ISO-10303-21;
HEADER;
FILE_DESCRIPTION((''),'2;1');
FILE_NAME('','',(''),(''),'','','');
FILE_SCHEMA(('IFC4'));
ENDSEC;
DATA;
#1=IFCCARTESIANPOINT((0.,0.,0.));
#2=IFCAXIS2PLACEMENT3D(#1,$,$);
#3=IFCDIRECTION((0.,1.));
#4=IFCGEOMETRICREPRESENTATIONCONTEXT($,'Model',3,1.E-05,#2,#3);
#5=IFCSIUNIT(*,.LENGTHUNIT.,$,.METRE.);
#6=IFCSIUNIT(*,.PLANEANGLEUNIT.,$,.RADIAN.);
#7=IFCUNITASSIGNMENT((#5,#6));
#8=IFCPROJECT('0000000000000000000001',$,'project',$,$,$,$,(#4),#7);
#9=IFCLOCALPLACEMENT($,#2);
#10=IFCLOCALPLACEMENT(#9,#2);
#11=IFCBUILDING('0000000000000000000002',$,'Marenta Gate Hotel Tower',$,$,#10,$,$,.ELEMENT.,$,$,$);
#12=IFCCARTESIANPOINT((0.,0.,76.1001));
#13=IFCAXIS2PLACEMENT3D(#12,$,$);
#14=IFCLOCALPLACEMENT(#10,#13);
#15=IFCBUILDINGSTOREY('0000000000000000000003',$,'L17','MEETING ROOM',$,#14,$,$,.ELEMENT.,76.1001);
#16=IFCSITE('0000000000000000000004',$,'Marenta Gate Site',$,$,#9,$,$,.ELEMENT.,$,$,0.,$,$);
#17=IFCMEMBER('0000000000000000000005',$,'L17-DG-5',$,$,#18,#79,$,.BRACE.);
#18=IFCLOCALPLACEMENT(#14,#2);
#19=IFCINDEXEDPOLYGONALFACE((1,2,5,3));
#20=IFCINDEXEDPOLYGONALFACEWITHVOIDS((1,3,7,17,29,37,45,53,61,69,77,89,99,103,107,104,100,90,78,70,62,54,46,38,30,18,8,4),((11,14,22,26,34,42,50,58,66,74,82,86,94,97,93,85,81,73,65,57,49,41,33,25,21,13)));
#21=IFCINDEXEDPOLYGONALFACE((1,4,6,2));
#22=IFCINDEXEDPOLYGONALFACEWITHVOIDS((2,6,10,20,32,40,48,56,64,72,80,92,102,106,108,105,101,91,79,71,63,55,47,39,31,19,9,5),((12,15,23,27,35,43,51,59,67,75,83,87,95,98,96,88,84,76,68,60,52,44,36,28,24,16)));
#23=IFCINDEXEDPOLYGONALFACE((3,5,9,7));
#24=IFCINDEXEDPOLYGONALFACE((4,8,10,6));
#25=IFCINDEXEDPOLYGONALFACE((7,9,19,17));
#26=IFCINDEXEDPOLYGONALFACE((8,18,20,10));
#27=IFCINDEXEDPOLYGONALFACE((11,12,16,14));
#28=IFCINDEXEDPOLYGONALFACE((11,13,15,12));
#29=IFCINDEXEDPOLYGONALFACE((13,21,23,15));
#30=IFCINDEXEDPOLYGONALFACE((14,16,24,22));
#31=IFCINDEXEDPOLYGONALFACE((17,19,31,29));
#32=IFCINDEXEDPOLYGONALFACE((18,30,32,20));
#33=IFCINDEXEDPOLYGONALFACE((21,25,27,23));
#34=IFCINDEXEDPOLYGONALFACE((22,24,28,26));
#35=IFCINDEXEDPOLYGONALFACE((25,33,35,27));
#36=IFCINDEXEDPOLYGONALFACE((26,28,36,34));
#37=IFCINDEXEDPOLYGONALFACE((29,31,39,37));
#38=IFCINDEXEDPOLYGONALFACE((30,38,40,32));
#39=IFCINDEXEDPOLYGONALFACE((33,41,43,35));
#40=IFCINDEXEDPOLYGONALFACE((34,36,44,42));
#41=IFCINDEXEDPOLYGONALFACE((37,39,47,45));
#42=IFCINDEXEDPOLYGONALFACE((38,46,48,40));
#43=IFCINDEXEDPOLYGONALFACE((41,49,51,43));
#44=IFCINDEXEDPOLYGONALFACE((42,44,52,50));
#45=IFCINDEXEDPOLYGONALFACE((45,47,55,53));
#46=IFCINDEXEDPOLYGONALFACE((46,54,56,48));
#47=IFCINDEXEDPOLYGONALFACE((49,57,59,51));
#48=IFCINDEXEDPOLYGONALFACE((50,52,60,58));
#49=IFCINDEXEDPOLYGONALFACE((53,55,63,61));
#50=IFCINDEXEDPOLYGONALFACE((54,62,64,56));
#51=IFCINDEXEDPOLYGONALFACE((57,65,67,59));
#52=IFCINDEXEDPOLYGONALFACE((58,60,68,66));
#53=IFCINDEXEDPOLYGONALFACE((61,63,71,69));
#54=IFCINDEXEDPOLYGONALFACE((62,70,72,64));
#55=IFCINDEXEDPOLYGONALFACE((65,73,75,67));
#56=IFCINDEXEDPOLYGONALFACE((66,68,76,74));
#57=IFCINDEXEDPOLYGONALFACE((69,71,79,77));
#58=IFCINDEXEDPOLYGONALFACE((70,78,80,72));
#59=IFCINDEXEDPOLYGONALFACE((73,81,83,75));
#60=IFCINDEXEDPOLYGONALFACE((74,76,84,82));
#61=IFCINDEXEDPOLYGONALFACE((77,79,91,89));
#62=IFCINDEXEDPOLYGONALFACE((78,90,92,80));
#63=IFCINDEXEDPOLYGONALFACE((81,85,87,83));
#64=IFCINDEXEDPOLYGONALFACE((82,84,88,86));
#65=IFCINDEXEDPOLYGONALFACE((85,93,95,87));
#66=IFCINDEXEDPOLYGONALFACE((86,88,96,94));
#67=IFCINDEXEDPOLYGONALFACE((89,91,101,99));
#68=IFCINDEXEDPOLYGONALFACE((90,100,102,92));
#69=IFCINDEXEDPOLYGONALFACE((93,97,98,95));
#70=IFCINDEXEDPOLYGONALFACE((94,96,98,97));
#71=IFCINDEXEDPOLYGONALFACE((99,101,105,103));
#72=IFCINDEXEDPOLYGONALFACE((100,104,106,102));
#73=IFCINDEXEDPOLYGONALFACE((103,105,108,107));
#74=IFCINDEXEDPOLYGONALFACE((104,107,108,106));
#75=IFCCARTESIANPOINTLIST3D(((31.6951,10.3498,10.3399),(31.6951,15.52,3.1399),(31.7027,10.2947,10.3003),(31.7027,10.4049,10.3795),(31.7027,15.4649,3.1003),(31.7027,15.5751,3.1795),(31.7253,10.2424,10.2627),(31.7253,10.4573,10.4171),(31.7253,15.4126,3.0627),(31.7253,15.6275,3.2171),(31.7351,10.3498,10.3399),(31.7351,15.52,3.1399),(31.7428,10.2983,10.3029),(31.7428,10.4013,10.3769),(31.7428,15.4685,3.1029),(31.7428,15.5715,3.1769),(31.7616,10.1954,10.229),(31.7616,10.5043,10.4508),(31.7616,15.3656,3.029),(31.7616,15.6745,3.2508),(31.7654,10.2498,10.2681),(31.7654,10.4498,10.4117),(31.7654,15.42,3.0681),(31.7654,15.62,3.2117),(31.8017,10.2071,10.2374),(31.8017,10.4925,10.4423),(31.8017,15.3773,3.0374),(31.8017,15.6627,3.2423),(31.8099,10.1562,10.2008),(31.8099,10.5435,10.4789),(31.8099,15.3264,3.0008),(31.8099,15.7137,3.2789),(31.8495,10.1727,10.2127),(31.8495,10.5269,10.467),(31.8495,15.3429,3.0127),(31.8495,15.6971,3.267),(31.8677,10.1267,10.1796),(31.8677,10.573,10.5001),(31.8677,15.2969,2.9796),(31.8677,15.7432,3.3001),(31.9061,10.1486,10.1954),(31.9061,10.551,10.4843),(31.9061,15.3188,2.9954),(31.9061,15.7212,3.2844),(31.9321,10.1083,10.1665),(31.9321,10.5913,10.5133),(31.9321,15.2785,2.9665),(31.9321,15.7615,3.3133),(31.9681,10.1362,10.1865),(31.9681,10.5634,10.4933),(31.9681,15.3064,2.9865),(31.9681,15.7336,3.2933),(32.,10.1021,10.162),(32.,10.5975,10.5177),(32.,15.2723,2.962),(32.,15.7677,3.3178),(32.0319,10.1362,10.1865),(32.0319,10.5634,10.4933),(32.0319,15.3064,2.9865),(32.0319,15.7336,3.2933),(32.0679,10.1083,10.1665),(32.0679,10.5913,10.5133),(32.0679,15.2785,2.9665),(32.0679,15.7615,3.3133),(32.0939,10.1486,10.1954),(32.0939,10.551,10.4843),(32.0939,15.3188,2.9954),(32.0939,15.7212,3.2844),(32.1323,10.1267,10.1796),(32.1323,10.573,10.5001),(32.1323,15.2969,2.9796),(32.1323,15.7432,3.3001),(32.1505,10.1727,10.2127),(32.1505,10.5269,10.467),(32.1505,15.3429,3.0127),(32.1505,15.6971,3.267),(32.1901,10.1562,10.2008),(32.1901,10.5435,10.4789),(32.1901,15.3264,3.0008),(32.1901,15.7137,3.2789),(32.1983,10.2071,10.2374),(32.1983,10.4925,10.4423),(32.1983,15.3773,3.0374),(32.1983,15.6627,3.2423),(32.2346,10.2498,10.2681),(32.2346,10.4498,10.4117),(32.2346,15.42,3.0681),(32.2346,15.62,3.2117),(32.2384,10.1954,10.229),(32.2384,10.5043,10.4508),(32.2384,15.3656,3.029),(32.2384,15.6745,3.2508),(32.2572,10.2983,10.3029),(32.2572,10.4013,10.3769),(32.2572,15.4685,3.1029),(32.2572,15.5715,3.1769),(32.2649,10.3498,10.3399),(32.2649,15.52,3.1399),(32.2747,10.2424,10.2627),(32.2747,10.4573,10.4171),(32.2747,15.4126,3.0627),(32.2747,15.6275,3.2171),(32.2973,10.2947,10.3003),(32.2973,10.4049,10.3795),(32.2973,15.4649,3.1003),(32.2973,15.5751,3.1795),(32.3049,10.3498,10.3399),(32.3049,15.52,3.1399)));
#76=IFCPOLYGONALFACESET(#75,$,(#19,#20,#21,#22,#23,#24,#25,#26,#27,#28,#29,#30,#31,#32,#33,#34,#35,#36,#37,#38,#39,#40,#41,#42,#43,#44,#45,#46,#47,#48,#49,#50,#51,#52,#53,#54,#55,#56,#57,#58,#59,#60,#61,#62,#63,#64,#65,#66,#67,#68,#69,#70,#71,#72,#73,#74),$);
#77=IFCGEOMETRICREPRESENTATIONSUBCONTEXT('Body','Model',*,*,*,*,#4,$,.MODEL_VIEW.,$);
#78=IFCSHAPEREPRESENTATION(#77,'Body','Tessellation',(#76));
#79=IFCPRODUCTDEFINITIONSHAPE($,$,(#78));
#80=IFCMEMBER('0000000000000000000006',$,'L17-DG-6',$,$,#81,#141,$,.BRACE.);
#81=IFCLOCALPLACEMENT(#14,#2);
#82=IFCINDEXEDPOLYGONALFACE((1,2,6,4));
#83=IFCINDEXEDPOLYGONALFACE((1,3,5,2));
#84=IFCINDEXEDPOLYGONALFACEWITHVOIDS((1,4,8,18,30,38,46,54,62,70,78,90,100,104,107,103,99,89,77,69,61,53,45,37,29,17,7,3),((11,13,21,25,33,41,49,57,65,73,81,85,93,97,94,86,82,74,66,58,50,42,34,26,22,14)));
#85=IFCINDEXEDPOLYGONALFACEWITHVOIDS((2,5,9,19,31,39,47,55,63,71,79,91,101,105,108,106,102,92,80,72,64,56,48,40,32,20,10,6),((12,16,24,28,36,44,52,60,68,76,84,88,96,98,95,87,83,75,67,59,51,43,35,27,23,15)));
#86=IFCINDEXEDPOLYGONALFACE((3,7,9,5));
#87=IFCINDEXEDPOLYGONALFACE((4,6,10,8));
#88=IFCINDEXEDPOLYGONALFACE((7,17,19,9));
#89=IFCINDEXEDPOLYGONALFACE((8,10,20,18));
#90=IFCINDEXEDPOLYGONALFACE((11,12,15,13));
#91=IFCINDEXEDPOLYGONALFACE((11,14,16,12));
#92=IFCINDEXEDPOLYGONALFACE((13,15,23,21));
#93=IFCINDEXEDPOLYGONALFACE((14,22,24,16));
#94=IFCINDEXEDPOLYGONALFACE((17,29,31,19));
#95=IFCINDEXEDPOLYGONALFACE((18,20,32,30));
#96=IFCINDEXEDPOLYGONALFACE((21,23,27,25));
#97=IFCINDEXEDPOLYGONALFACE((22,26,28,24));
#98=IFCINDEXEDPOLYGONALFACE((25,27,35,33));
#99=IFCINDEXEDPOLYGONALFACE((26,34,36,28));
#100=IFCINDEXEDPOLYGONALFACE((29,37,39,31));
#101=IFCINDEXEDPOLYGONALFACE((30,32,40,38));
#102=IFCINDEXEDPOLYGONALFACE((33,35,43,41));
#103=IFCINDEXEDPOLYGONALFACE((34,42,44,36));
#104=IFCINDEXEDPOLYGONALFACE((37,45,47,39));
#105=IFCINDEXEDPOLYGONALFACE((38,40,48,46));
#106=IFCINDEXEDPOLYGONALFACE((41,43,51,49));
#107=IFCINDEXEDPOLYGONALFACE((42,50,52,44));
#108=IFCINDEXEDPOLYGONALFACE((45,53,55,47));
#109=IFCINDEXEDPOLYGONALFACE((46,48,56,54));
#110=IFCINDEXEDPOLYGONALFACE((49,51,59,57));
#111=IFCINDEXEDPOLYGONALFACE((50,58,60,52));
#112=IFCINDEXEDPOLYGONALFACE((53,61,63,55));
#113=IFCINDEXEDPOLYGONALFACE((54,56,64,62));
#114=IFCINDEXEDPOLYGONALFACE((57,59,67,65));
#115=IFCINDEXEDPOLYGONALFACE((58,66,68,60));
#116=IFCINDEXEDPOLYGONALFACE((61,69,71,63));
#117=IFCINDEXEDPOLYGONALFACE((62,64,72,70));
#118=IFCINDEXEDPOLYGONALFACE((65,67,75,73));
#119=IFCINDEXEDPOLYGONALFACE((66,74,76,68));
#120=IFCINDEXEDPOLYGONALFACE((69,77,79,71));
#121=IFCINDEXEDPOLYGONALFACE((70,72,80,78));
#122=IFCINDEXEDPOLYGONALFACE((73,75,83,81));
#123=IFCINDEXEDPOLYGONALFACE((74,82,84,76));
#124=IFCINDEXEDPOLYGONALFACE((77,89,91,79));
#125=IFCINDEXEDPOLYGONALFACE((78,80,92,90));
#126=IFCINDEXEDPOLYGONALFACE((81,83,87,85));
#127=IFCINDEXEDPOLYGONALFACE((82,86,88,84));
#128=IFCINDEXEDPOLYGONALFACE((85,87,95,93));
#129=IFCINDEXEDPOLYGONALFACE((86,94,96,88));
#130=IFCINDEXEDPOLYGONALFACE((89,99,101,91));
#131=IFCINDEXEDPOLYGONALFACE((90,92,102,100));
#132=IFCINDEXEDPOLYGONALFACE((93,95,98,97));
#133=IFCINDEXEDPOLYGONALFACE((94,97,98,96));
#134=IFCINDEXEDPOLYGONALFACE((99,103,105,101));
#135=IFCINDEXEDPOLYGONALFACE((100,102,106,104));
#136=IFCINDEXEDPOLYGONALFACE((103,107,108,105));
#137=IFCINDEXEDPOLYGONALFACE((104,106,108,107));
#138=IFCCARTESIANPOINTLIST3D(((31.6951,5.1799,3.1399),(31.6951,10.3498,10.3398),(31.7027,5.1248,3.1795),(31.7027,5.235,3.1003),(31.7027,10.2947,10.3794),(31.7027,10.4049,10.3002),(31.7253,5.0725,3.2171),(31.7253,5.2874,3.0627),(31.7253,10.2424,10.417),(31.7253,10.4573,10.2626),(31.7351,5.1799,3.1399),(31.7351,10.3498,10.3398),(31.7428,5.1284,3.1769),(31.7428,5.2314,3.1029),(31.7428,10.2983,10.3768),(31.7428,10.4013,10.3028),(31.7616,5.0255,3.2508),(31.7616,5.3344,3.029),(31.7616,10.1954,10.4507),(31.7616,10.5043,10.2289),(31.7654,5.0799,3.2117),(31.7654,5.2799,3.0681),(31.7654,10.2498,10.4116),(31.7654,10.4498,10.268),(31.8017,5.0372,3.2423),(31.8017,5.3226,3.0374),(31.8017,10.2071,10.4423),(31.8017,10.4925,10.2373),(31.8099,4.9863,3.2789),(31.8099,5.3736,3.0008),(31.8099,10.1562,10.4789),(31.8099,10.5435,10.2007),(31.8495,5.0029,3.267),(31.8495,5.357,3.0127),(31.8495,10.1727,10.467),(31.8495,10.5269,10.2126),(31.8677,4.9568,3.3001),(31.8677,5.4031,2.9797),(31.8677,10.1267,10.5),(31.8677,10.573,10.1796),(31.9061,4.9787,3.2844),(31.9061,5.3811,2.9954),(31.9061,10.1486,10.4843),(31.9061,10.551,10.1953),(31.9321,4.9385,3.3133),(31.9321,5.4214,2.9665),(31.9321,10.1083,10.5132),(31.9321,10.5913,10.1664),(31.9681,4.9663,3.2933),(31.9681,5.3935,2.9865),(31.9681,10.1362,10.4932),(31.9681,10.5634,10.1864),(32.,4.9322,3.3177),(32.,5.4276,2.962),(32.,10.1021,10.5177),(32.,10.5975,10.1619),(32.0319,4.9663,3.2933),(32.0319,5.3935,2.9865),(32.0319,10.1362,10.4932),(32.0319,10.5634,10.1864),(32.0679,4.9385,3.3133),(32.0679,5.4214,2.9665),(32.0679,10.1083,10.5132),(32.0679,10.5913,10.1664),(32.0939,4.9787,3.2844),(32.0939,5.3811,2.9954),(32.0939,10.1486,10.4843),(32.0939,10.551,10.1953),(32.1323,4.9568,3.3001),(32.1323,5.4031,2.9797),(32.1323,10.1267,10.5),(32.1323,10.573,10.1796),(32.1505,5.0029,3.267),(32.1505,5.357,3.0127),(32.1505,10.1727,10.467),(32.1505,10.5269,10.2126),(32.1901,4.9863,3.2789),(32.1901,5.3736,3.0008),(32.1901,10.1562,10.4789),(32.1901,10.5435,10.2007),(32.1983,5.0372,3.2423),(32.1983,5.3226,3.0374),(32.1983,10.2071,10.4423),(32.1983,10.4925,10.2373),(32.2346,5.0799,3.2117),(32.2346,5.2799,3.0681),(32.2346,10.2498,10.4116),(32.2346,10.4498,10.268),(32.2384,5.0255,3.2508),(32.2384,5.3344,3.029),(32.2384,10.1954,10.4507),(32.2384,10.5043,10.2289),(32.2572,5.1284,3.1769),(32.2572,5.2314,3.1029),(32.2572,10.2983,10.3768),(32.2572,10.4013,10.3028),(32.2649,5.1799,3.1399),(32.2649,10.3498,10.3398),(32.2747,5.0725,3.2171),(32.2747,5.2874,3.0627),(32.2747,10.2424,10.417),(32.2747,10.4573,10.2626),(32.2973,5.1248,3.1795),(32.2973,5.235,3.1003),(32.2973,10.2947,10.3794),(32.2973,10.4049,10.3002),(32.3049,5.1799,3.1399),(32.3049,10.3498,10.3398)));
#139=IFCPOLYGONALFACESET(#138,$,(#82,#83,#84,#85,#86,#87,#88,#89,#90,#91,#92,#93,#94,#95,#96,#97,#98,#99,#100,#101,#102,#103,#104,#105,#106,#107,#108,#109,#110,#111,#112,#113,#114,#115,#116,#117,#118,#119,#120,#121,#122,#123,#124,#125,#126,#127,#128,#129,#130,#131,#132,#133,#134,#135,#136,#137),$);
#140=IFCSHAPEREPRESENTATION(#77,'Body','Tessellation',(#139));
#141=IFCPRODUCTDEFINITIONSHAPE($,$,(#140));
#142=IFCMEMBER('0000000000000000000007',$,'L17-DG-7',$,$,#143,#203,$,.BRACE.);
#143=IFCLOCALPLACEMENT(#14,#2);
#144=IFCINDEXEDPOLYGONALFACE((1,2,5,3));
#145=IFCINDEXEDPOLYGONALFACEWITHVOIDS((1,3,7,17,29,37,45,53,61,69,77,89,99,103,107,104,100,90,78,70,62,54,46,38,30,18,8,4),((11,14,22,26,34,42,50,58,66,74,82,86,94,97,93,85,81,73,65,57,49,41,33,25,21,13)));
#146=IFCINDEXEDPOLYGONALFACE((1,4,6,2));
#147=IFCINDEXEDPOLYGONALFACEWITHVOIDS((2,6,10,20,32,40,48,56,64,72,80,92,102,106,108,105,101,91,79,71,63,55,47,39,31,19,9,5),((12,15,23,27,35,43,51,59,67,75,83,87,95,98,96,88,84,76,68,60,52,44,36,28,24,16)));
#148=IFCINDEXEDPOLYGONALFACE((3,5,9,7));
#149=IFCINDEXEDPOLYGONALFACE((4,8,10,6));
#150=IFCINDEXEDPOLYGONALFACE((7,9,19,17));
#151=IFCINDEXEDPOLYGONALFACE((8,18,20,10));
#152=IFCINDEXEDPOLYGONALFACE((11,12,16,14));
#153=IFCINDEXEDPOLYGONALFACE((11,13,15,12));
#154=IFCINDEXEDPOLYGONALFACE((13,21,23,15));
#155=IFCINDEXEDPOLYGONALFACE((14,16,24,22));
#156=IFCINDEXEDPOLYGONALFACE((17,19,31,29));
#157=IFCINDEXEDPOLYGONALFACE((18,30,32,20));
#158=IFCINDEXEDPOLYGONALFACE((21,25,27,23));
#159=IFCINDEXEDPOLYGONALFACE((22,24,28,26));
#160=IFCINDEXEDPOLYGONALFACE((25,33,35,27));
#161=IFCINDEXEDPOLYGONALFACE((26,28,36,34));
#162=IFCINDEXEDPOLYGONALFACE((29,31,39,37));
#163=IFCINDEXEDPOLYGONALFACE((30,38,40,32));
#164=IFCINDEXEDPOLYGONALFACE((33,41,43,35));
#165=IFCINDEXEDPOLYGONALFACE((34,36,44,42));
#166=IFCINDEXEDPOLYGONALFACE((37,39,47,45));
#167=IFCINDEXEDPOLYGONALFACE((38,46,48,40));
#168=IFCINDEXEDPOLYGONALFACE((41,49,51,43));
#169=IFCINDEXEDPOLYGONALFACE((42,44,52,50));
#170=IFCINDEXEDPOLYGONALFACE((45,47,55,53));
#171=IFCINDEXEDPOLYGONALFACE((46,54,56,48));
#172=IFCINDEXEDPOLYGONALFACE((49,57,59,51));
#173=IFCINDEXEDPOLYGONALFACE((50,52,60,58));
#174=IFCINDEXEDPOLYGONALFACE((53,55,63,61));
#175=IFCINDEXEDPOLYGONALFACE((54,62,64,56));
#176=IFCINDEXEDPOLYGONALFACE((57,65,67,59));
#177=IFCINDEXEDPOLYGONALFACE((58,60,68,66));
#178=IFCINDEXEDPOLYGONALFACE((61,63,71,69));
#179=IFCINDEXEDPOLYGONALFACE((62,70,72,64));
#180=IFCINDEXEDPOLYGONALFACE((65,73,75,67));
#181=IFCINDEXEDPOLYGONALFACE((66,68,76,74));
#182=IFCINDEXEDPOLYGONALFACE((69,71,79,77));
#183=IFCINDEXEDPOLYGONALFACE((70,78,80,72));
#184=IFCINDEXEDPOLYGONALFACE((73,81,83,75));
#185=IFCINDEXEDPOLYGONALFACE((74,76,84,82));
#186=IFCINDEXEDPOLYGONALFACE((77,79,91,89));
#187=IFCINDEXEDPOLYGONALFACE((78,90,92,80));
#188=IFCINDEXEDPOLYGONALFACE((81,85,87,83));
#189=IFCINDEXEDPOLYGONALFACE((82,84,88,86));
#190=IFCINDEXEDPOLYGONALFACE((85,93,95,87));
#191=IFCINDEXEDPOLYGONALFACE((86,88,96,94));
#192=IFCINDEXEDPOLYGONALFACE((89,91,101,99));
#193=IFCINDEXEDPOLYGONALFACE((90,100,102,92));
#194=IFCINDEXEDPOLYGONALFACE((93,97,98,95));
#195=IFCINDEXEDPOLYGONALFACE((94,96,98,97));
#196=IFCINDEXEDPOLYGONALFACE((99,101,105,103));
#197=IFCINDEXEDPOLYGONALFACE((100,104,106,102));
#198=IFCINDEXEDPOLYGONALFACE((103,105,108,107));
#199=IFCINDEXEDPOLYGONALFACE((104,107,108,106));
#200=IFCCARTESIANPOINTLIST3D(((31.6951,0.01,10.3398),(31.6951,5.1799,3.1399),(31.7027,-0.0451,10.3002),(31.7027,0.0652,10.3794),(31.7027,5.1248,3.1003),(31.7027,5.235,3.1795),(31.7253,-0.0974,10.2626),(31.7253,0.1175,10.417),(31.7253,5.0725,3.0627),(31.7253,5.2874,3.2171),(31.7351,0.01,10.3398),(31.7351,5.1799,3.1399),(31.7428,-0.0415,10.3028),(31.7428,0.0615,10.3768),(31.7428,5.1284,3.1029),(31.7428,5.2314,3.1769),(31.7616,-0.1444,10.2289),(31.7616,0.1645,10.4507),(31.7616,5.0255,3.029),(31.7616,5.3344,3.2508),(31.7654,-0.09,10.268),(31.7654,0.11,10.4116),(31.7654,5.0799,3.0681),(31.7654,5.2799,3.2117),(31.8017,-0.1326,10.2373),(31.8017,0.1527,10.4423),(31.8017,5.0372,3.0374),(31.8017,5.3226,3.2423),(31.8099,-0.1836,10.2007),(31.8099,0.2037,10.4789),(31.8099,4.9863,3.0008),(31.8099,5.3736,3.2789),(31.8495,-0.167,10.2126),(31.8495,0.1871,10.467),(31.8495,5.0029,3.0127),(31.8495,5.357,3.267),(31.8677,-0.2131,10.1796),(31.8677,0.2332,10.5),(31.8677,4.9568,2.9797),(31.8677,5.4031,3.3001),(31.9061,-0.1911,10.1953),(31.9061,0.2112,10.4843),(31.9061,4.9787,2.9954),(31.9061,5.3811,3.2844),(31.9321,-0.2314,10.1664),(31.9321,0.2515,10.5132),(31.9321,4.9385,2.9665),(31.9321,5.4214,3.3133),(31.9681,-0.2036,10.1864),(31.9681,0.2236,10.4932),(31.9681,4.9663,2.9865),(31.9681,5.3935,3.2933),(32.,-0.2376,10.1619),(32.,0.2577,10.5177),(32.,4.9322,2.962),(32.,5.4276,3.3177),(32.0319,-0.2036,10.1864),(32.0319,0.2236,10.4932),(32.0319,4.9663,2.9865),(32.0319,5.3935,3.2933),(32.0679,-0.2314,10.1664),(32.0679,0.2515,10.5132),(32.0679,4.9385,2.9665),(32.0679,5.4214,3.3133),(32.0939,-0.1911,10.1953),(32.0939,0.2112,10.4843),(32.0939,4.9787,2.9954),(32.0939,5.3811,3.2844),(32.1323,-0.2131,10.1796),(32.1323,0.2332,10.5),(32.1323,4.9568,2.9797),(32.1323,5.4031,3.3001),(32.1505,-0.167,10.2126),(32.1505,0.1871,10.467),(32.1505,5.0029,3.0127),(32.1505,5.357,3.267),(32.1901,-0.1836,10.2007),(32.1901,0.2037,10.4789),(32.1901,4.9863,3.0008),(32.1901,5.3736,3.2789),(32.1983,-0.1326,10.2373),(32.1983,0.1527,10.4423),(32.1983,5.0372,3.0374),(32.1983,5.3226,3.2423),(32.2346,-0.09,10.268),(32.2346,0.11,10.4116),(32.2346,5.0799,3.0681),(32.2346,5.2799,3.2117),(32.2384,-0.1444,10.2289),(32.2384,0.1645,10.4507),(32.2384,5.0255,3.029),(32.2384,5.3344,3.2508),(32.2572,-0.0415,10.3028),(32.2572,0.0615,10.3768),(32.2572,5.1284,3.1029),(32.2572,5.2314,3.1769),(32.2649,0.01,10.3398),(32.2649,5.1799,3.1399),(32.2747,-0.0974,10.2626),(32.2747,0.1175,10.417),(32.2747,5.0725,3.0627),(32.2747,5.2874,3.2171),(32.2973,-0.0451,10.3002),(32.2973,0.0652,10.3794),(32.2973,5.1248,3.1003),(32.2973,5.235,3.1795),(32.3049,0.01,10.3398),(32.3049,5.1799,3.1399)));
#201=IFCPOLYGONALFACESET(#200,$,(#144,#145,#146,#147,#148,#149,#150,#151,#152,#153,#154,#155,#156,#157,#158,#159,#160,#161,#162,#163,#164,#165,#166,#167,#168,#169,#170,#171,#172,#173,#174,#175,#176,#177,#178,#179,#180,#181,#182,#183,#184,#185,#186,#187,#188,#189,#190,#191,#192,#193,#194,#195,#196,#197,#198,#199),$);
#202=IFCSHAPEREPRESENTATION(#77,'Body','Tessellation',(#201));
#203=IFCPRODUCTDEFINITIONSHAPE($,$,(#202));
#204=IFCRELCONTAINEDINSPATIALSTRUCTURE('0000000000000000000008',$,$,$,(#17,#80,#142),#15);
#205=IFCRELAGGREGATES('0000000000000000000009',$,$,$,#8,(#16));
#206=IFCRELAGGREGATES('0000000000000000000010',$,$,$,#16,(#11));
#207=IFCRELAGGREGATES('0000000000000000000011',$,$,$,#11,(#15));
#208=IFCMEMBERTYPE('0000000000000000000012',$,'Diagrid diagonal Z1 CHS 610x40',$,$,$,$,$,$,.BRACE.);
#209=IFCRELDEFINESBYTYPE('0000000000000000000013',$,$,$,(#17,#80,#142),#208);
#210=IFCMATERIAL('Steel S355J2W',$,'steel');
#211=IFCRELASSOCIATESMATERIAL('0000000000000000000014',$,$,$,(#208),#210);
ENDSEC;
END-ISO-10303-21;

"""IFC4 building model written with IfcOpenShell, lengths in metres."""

from ifc_helpers import new_model, si_unit, direction, frame, origin, origin_2d, place, context, subcontext, project, spatial, hollow_circle, extrude, material, material_profile, profile_set, type_object, element, save


model = new_model("IFC4")

# Units and contexts
model_context = context("Model", 3, precision=1e-05, world=origin(), true_north=direction((0.0, 1.0)))
body_context = subcontext(model_context, "Body", "Model", "MODEL_VIEW")
ifc_project = project(units=[si_unit("LENGTHUNIT", "METRE"), si_unit("PLANEANGLEUNIT", "RADIAN")], contexts=[model_context])

# Site, building, storey
site_placement = place(None, origin())
site = spatial("IfcSite", under=ifc_project, at=site_placement, Name="Marenta Gate Site", CompositionType="ELEMENT", RefElevation=0.0)
building_placement = place(site_placement, origin())
building = spatial("IfcBuilding", under=site, at=building_placement, Name="Marenta Gate Hotel Tower", CompositionType="ELEMENT")
storey_placement = place(building_placement, frame((0.0, 0.0, 76.1001)))
storey = spatial("IfcBuildingStorey", under=building, at=storey_placement, Name="L17", Description="MEETING ROOM", CompositionType="ELEMENT", Elevation=76.1001)

# Members
ifc_material_1 = material(Name="Steel S355J2W", Category="steel")
ifc_material_profile_1 = material_profile(ifc_material_1, hollow_circle(Radius=0.3049, WallThickness=0.04, at=origin_2d()), Name="CHS 610x40")
ifc_profile_set_1 = profile_set([ifc_material_profile_1], Name="Steel S355J2W")
member_type_1 = type_object("IfcMemberType", Name="Diagrid diagonal Z1 CHS 610x40", PredefinedType="BRACE", material=ifc_profile_set_1)
member_1_placement = place(storey_placement, frame((32.0, 15.52, 3.1399), z_axis=(0.0, -0.583279, 0.812272), x_axis=(1.0, 0.0, 0.0)))
element("IfcMember", 1, at=member_1_placement, inside=storey, type_object=member_type_1, Name="L17-DG-5", PredefinedType="BRACE", context=body_context, shape_type="SweptSolid", body=[
    extrude(hollow_circle(Radius=0.3049, WallThickness=0.04, at=origin_2d()), origin(), (0.0, 0.0, 1.0), 8.864),
])
for number, where, z_axis, x_axis, name in (
    (2, (32.0, 5.1799, 3.1399), (0.0, 0.583261, 0.812285), (-1.0, 0.0, 0.0), "L17-DG-6"),
    (3, (32.0, 5.1799, 3.1399), (0.0, -0.583261, 0.812285), (1.0, 0.0, 0.0), "L17-DG-7"),
):
    element("IfcMember", number, at=place(storey_placement, frame(where, z_axis=z_axis, x_axis=x_axis)), inside=storey, type_object=member_type_1, Name=name, PredefinedType="BRACE", context=body_context, shape_type="SweptSolid", body=[
        extrude(hollow_circle(Radius=0.3049, WallThickness=0.04, at=origin_2d()), origin(), (0.0, 0.0, 1.0), 8.8638),
    ])

save(model, "model.ifc")
